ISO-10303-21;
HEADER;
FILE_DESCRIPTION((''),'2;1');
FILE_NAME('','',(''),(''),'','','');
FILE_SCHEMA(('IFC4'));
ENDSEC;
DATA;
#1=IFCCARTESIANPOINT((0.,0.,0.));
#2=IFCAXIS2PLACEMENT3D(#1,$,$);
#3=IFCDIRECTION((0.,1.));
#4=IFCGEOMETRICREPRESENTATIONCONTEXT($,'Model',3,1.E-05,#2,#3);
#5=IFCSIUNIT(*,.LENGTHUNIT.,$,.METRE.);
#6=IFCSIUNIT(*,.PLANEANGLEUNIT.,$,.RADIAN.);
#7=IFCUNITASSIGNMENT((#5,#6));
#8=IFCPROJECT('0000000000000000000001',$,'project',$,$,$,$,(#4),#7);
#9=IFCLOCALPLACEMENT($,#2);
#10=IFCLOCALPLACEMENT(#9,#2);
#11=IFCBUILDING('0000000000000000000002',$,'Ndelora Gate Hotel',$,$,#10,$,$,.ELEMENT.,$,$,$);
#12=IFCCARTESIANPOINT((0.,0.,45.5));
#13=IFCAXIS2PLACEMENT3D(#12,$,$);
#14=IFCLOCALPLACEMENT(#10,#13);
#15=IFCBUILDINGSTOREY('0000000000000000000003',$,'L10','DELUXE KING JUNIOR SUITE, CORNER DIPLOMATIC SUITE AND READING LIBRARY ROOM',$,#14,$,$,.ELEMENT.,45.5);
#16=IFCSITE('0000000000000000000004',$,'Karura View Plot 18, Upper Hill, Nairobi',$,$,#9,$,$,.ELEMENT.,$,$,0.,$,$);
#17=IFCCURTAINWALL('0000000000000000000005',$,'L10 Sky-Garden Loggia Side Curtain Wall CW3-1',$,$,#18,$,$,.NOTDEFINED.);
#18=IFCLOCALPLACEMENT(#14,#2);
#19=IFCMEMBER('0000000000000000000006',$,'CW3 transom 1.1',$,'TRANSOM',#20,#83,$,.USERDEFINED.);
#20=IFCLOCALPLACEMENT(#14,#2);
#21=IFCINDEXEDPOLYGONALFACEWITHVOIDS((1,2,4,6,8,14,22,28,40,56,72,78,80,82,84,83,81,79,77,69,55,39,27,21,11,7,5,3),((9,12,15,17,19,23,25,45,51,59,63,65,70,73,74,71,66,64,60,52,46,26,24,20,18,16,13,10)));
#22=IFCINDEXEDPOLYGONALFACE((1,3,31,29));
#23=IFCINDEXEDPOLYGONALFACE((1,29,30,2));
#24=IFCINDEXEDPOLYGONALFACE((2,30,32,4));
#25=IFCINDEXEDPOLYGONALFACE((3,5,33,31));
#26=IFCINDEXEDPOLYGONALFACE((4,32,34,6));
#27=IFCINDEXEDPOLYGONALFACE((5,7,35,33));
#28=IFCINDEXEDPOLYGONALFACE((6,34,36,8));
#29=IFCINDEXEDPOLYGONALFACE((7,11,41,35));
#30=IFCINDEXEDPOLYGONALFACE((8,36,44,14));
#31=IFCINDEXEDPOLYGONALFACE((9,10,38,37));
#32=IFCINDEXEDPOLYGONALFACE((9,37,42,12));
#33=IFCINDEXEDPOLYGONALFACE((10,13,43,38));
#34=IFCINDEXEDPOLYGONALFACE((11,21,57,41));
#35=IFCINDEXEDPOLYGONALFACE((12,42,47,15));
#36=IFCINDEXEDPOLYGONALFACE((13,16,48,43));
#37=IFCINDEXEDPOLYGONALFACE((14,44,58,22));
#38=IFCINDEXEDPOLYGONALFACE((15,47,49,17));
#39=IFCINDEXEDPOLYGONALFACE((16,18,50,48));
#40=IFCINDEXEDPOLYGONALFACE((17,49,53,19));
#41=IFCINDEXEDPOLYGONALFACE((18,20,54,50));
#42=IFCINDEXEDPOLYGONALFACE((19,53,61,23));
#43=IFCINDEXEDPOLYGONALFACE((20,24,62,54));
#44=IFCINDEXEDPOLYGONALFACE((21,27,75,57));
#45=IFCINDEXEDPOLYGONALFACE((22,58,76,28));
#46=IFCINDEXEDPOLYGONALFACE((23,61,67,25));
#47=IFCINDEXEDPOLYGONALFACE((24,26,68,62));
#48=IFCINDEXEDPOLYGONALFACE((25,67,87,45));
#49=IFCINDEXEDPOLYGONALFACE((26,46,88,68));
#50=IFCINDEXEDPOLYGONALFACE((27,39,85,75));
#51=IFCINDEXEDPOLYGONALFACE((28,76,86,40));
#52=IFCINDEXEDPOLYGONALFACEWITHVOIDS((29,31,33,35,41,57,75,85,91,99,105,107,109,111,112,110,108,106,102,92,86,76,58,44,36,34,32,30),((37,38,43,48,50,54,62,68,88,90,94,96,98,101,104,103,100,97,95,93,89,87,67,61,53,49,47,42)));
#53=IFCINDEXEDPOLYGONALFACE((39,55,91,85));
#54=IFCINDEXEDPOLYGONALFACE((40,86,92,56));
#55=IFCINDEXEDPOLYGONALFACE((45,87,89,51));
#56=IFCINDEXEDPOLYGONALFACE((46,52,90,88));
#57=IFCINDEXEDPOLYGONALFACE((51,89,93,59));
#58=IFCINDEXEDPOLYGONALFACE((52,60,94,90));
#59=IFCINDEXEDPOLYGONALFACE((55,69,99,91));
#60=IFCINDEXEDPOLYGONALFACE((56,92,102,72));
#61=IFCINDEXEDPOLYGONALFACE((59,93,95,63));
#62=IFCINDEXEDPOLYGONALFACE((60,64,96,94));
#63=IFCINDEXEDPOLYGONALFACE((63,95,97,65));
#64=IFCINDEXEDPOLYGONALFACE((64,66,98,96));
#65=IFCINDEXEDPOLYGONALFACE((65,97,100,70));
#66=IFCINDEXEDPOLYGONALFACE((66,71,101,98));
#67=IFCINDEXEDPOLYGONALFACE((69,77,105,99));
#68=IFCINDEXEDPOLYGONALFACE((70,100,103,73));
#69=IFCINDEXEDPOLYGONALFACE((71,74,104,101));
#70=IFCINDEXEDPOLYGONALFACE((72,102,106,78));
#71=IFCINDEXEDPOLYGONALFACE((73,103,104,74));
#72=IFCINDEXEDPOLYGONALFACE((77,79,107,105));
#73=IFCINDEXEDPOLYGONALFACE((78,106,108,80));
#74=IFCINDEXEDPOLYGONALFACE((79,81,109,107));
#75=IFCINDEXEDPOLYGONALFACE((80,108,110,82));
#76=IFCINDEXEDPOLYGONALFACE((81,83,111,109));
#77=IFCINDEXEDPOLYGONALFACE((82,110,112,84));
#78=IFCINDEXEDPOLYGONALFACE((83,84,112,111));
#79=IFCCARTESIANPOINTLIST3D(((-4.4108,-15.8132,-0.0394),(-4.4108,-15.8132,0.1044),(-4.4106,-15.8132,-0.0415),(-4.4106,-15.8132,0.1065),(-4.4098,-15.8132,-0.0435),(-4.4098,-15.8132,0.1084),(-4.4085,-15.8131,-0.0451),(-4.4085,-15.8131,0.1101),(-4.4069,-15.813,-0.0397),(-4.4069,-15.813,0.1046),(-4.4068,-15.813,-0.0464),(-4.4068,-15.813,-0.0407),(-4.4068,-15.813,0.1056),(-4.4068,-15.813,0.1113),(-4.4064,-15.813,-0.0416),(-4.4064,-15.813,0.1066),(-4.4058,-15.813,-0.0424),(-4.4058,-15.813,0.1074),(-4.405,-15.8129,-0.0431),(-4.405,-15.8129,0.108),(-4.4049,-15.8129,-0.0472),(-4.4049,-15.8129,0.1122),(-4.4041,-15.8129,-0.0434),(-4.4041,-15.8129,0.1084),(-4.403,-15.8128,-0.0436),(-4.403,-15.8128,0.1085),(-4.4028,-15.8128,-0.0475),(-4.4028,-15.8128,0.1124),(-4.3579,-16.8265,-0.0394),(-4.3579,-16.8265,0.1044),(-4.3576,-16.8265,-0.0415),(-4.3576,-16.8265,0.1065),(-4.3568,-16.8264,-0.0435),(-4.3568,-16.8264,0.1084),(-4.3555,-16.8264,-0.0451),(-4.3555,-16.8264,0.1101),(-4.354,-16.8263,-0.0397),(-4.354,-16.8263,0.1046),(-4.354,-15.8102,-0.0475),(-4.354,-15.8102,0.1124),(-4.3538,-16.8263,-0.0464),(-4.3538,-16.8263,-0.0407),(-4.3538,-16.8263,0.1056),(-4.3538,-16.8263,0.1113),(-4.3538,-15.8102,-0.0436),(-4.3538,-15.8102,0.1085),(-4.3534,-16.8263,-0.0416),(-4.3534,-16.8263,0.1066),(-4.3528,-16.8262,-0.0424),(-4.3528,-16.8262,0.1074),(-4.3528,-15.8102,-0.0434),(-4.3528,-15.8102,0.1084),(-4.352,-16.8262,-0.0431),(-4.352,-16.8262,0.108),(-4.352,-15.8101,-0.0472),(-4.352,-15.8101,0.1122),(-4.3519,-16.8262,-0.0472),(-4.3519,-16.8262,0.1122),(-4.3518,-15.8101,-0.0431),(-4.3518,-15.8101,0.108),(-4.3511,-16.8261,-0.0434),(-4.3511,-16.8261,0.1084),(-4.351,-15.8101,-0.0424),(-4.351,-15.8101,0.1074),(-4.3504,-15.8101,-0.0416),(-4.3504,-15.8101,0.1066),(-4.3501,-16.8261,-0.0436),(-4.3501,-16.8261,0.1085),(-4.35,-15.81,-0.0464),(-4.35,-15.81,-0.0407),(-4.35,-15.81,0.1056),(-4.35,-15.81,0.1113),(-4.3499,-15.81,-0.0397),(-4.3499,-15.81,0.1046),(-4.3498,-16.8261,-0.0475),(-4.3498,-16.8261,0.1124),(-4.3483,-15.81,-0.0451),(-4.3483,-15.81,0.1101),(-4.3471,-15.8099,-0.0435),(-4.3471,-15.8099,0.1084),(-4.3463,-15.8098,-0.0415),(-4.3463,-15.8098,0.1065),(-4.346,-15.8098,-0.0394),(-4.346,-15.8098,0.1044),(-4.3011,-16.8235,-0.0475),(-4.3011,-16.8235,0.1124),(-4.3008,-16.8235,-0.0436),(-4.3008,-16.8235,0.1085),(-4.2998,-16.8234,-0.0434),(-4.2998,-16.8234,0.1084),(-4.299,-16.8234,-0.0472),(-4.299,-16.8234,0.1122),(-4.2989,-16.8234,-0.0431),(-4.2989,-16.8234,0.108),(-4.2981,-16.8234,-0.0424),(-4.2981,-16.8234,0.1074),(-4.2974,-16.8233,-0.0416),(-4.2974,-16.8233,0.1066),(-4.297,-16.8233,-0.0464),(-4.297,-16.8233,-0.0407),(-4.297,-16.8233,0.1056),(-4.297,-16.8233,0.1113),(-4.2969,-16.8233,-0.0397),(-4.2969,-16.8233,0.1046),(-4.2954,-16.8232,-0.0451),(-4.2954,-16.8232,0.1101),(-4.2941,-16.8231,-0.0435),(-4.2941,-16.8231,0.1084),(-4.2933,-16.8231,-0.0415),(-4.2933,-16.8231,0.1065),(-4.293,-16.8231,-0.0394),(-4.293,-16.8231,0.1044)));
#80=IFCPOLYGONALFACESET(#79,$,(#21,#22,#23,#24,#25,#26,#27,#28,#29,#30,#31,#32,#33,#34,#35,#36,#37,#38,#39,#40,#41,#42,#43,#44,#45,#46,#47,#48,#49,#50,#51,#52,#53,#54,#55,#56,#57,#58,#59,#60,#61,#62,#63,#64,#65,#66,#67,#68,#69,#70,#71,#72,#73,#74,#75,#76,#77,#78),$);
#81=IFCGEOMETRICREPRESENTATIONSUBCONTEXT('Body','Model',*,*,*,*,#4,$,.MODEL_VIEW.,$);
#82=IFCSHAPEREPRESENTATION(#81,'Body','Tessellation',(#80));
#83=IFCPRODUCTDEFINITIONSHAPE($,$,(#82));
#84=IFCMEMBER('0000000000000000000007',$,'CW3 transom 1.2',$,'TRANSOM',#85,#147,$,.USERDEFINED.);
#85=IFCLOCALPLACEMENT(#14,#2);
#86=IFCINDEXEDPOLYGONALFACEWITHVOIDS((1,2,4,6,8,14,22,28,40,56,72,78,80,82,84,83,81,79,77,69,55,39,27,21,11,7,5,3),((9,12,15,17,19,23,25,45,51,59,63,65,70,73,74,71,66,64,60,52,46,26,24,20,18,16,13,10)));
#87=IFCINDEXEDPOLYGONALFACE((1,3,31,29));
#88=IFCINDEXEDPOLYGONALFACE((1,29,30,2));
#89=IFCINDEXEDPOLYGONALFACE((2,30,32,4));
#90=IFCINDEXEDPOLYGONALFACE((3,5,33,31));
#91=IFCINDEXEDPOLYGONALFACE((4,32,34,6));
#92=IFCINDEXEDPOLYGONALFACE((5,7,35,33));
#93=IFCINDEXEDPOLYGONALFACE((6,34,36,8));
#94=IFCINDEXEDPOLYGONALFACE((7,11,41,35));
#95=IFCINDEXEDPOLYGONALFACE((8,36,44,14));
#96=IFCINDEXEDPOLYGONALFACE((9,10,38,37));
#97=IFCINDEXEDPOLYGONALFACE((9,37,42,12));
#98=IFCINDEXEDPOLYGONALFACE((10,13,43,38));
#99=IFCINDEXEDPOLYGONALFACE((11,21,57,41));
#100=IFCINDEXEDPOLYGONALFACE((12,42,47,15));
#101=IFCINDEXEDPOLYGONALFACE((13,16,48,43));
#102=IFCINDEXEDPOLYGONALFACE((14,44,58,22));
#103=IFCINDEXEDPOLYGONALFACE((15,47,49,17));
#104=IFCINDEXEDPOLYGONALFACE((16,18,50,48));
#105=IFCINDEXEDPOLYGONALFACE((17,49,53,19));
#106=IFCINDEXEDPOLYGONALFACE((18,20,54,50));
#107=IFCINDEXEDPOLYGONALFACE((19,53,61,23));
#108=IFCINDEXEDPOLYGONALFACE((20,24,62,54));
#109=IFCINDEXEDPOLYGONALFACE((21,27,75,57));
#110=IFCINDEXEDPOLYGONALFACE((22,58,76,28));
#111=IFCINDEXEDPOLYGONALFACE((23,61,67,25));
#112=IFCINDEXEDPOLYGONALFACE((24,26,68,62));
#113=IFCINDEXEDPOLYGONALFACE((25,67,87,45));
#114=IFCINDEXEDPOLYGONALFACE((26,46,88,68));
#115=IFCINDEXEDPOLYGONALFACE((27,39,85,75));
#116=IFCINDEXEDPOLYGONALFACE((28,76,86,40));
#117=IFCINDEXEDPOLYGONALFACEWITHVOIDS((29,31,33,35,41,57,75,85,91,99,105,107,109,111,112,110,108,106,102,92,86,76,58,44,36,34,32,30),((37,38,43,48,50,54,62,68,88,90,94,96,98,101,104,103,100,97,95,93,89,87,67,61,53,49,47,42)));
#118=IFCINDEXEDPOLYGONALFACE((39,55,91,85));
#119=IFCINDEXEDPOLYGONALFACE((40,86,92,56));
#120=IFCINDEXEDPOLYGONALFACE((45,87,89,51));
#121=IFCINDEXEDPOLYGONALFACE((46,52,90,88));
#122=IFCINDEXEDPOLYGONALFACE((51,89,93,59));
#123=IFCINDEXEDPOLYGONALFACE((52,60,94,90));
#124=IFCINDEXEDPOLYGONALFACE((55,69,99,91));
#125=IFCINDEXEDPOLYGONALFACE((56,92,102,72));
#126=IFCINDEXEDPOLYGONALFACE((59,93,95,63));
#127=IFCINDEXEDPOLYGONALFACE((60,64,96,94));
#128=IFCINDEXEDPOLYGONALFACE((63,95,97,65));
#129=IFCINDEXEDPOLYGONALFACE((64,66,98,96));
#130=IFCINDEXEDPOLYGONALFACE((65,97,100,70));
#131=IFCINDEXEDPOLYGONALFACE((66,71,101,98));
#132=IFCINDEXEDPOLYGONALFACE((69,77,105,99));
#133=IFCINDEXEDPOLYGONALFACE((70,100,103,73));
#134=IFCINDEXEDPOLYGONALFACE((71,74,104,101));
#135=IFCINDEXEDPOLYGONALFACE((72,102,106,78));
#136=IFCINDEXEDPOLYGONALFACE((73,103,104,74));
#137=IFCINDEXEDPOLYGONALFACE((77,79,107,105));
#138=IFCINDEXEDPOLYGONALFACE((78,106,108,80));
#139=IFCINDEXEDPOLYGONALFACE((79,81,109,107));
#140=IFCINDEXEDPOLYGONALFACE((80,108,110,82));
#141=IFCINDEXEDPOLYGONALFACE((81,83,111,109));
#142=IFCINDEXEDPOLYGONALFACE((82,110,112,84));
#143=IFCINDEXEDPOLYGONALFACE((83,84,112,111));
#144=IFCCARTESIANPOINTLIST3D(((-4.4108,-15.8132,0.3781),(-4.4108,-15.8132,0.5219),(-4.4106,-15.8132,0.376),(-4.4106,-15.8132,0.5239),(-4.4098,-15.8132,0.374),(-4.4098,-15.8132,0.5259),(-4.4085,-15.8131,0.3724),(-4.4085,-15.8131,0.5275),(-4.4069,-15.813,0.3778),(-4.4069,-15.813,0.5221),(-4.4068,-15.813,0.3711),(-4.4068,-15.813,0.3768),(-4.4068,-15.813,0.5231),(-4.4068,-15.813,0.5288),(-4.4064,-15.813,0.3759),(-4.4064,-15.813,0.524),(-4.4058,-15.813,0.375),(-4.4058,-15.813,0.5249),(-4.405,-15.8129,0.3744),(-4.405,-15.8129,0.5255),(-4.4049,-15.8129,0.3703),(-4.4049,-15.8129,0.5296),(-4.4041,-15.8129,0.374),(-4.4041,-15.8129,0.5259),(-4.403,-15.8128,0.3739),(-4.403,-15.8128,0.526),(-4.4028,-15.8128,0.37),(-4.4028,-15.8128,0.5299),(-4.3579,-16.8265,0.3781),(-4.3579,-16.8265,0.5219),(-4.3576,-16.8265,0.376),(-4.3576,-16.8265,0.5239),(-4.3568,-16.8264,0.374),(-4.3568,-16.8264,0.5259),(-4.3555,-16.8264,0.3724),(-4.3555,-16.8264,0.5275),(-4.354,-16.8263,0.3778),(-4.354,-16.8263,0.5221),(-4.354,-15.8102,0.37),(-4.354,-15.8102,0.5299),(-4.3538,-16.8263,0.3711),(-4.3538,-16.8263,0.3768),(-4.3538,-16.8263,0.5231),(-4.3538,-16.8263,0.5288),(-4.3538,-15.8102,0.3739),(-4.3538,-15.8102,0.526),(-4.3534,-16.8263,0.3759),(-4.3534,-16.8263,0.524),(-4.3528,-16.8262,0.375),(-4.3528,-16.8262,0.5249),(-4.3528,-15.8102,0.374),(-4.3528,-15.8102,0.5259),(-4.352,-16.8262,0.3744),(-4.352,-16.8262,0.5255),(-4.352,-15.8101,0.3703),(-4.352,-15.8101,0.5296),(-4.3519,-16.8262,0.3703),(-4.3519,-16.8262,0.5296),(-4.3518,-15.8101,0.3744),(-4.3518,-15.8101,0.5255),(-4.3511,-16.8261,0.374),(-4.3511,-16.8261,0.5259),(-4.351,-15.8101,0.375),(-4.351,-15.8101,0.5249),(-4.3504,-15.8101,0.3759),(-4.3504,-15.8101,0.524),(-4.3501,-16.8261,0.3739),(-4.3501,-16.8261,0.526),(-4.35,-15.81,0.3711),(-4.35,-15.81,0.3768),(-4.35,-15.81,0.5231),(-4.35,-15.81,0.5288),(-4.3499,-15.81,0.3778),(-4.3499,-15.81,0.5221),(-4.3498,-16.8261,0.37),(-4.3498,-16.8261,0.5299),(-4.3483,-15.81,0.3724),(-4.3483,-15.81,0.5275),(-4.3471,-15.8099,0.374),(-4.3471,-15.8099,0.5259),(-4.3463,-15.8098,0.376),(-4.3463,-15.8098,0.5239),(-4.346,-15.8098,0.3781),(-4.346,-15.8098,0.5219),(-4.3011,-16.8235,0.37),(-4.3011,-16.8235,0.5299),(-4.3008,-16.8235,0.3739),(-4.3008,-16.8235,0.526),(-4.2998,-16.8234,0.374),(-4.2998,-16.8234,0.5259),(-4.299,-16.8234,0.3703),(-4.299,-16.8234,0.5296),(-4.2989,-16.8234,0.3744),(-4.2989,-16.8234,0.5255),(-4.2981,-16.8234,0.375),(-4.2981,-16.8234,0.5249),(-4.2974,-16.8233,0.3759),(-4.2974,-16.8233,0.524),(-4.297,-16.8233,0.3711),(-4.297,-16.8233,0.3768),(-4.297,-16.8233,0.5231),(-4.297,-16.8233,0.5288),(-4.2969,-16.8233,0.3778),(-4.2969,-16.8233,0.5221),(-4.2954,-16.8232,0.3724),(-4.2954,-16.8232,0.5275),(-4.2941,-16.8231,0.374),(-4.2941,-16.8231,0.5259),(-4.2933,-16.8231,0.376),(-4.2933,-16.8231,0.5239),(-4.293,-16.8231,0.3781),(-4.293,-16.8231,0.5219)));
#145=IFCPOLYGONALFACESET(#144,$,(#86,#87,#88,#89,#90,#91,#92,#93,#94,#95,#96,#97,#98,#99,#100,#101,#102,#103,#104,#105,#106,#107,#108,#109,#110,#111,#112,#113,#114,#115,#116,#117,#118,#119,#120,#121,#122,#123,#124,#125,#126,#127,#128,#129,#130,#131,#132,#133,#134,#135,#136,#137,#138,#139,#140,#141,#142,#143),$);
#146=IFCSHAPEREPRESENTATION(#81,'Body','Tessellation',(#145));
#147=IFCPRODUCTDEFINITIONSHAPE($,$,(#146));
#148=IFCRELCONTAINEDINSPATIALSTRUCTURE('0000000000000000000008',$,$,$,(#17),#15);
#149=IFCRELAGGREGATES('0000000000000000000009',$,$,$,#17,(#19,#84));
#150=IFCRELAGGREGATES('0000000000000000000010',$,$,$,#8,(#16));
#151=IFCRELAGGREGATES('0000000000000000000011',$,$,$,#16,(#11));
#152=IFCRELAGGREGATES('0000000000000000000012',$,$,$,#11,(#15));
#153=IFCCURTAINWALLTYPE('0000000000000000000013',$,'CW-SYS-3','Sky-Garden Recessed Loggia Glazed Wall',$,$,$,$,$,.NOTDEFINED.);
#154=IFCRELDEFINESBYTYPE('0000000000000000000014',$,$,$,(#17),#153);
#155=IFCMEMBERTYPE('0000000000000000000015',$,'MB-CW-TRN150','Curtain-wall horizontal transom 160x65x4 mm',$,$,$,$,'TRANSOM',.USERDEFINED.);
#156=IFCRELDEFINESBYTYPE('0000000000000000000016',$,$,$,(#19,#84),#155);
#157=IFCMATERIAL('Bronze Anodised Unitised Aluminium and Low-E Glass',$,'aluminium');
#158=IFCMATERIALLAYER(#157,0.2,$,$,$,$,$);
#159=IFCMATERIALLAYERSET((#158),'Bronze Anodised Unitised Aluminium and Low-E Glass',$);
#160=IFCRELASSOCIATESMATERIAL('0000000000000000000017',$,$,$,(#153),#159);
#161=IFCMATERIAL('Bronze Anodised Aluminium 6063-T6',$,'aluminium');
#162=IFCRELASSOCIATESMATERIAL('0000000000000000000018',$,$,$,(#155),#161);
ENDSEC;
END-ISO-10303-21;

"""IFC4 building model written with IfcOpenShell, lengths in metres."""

from ifc_helpers import new_model, si_unit, direction, frame, origin, origin_2d, place, context, subcontext, project, spatial, hollow_rectangle, extrude, material, layer, layer_set, material_profile, profile_set, type_object, element, aggregate, save


model = new_model("IFC4")

# Units and contexts
model_context = context("Model", 3, precision=1e-05, world=origin(), true_north=direction((0.0, 1.0)))
body_context = subcontext(model_context, "Body", "Model", "MODEL_VIEW")
ifc_project = project(units=[si_unit("LENGTHUNIT", "METRE"), si_unit("PLANEANGLEUNIT", "RADIAN")], contexts=[model_context])

# Site, building, storey
site_placement = place(None, origin())
site = spatial("IfcSite", under=ifc_project, at=site_placement, Name="Karura View Plot 18, Upper Hill, Nairobi", CompositionType="ELEMENT", RefElevation=0.0)
building_placement = place(site_placement, origin())
building = spatial("IfcBuilding", under=site, at=building_placement, Name="Ndelora Gate Hotel", CompositionType="ELEMENT")
storey_placement = place(building_placement, frame((0.0, 0.0, 45.5)))
storey = spatial("IfcBuildingStorey", under=building, at=storey_placement, Name="L10", Description="DELUXE KING JUNIOR SUITE, CORNER DIPLOMATIC SUITE AND READING LIBRARY ROOM", CompositionType="ELEMENT", Elevation=45.5)

# Curtain wall, members
ifc_material_1 = material(Name="Bronze Anodised Unitised Aluminium and Low-E Glass", Category="aluminium")
ifc_layer_1 = layer(ifc_material_1, 0.2)
ifc_layer_set_1 = layer_set([ifc_layer_1], Name="Bronze Anodised Unitised Aluminium and Low-E Glass")
curtain_wall_type = type_object("IfcCurtainWallType", Name="CW-SYS-3", Description="Sky-Garden Recessed Loggia Glazed Wall", PredefinedType="NOTDEFINED", material=ifc_layer_set_1)
curtain_wall_placement = place(storey_placement, origin())
curtain_wall = element("IfcCurtainWall", 1, at=curtain_wall_placement, inside=storey, type_object=curtain_wall_type, Name="L10 Sky-Garden Loggia Side Curtain Wall CW3-1", PredefinedType="NOTDEFINED")
ifc_material_2 = material(Name="Bronze Anodised Aluminium 6063-T6", Category="aluminium")
ifc_material_profile_1 = material_profile(ifc_material_2, hollow_rectangle(XDim=0.0649, YDim=0.1599, WallThickness=0.0039, InnerFilletRadius=0.0039, OuterFilletRadius=0.0081, at=origin_2d()), Name="ALU 160x65x4")
ifc_profile_set_1 = profile_set([ifc_material_profile_1], Name="Bronze Anodised Aluminium 6063-T6")
member_type_1 = type_object("IfcMemberType", Name="MB-CW-TRN150", Description="Curtain-wall horizontal transom 160x65x4 mm", ElementType="TRANSOM", PredefinedType="USERDEFINED", material=ifc_profile_set_1)
member_1_placement = place(storey_placement, frame((-4.3784, -15.8115, 0.0325), z_axis=(0.052218, -0.998636, 0.0), x_axis=(0.998636, 0.052218, 0.0)))
member_1 = element("IfcMember", 2, at=member_1_placement, type_object=member_type_1, Name="CW3 transom 1.1", ObjectType="TRANSOM", PredefinedType="USERDEFINED", context=body_context, shape_type="SweptSolid", body=[
    extrude(hollow_rectangle(XDim=0.0649, YDim=0.1599, WallThickness=0.0039, InnerFilletRadius=0.0039, OuterFilletRadius=0.0081, at=origin_2d()), origin(), (0.0, 0.0, 1.0), 1.0146),
])
member_2_placement = place(storey_placement, frame((-4.3784, -15.8115, 0.45), z_axis=(0.052218, -0.998636, 0.0), x_axis=(0.998636, 0.052218, 0.0)))
member_2 = element("IfcMember", 3, at=member_2_placement, type_object=member_type_1, Name="CW3 transom 1.2", ObjectType="TRANSOM", PredefinedType="USERDEFINED", context=body_context, shape_type="SweptSolid", body=[
    extrude(hollow_rectangle(XDim=0.0649, YDim=0.1599, WallThickness=0.0039, InnerFilletRadius=0.0039, OuterFilletRadius=0.0081, at=origin_2d()), origin(), (0.0, 0.0, 1.0), 1.0146),
])
aggregate(curtain_wall, [member_1, member_2])

save(model, "model.ifc")
